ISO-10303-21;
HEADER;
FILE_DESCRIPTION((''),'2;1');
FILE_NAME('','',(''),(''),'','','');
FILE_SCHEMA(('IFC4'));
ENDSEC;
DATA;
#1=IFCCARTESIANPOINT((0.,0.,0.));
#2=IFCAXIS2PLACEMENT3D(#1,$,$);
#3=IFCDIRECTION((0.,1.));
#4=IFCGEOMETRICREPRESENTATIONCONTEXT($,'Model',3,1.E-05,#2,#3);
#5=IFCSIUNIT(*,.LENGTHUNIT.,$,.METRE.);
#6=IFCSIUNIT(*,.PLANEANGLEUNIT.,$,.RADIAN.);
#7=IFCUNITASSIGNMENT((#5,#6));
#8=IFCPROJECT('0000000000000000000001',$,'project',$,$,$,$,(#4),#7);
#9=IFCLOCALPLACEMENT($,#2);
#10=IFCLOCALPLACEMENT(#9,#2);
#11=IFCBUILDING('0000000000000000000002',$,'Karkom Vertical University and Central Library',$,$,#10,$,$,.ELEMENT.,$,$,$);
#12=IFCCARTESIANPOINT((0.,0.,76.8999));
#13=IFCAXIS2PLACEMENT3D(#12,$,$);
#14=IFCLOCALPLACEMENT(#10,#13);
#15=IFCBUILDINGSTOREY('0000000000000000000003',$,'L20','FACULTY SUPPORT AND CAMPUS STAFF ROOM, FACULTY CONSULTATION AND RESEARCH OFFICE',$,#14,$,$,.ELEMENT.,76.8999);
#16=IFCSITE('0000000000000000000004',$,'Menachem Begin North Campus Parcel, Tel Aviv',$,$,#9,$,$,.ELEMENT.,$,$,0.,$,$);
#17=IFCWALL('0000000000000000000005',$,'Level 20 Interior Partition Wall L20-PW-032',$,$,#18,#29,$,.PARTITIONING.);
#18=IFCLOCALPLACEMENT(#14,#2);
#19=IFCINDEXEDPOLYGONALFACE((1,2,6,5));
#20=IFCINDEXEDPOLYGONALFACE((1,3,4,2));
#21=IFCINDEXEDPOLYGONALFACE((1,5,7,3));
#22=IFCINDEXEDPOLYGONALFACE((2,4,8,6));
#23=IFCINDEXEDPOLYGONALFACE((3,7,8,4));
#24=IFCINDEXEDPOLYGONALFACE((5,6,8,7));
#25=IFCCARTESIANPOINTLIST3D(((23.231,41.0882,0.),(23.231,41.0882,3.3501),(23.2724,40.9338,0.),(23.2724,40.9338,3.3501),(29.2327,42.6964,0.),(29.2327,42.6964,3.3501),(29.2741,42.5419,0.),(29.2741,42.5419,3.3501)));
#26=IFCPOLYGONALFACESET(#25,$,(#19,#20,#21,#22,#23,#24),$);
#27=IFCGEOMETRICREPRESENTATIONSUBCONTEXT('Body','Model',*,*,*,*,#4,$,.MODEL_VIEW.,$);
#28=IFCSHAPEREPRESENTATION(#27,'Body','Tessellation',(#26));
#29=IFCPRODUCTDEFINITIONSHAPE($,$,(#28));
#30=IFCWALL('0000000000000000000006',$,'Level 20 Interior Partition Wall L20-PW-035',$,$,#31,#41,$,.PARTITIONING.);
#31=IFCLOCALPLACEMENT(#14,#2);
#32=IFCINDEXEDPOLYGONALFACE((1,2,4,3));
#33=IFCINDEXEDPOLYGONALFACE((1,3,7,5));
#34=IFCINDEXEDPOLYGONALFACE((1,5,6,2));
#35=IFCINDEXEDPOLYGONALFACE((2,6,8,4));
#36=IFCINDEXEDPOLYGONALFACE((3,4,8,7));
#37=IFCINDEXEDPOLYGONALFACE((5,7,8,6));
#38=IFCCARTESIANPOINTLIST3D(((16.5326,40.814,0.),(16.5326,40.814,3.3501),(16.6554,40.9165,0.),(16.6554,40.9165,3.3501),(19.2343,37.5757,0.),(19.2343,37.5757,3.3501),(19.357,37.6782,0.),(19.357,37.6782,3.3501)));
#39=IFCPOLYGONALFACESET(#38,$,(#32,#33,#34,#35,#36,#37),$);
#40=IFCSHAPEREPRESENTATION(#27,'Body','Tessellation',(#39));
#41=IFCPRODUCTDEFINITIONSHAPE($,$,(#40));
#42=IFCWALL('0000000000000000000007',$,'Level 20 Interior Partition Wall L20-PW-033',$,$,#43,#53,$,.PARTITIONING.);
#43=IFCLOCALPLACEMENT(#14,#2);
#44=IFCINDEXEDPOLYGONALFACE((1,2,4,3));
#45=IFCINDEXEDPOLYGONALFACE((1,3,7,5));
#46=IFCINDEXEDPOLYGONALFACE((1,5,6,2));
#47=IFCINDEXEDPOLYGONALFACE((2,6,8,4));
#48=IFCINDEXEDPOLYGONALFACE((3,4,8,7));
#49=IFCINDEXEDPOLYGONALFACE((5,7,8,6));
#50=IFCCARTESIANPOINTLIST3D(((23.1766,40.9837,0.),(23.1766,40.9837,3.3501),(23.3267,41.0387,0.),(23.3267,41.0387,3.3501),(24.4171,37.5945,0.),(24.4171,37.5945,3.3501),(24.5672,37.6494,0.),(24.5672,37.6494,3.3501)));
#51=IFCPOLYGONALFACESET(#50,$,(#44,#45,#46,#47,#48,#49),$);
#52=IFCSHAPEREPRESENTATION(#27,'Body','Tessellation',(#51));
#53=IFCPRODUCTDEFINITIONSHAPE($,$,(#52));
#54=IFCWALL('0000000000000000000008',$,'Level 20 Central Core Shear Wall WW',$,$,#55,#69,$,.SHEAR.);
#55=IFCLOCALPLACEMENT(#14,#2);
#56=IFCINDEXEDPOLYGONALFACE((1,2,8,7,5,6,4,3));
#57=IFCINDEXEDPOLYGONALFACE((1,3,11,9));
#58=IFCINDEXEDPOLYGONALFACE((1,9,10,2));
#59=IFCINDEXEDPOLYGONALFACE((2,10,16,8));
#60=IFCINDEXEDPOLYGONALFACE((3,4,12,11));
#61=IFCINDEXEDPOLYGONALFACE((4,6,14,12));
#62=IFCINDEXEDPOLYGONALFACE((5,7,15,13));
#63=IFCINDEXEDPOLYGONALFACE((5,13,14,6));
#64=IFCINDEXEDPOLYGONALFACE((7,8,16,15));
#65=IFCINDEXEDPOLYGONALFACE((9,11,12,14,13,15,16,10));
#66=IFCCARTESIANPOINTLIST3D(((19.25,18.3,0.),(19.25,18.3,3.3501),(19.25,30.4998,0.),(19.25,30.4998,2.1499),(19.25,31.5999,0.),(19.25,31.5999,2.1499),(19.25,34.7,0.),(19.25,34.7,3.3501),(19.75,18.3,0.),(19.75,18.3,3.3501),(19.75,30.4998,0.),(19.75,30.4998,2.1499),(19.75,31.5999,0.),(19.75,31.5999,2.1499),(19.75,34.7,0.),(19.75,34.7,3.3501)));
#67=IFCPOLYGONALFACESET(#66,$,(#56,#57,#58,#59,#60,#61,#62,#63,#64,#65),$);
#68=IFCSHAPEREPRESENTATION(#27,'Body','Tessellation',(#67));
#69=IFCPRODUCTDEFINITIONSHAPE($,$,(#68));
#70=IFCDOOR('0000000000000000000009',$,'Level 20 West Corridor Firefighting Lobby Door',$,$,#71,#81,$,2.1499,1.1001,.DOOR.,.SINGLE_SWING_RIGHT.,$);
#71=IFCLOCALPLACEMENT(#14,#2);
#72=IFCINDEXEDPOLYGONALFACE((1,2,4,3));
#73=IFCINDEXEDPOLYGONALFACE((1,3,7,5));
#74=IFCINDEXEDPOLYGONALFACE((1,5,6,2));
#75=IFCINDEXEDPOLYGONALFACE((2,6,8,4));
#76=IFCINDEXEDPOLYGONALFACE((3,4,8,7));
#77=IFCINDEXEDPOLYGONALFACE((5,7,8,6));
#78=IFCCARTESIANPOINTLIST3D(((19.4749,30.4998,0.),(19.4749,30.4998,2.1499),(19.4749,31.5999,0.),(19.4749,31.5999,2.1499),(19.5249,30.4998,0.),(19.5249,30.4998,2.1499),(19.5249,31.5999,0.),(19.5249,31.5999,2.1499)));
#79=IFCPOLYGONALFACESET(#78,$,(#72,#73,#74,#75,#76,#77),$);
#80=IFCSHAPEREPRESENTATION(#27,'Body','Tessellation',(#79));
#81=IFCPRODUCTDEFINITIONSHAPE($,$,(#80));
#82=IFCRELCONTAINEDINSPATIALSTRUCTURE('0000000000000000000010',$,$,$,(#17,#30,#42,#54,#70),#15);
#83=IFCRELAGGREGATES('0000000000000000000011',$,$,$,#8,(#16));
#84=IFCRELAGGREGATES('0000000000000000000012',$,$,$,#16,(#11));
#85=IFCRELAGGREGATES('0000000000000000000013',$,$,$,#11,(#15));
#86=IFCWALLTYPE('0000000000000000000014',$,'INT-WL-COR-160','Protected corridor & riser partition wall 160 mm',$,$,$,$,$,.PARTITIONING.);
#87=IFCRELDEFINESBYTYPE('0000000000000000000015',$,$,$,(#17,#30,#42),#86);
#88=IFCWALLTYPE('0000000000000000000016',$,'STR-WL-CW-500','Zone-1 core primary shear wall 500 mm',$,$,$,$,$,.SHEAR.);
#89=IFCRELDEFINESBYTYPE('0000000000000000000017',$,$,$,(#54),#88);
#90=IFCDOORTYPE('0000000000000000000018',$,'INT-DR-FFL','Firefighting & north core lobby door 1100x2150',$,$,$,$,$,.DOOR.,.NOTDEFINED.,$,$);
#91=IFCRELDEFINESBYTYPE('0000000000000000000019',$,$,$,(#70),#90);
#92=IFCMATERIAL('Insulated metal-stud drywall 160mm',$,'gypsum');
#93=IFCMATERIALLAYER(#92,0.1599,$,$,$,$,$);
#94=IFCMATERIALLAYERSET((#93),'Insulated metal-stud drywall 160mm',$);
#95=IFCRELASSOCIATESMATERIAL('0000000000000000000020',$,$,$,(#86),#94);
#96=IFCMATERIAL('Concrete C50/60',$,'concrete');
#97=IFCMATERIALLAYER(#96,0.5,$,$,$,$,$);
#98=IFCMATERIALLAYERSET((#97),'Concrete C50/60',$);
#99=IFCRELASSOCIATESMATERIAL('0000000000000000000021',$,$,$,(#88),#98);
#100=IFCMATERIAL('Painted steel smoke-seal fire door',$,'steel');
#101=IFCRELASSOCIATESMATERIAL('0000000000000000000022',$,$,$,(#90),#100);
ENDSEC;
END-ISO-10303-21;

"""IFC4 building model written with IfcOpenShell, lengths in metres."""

from ifc_helpers import new_model, si_unit, direction, frame, frame_2d, origin, origin_with_axes, place, context, subcontext, project, spatial, rectangle, extrude, source, transform, mapped, material, layer, layer_set, type_object, element, fill, save


model = new_model("IFC4")

# Units and contexts
model_context = context("Model", 3, precision=1e-05, world=origin(), true_north=direction((0.0, 1.0)))
body_context = subcontext(model_context, "Body", "Model", "MODEL_VIEW")
ifc_project = project(units=[si_unit("LENGTHUNIT", "METRE"), si_unit("PLANEANGLEUNIT", "RADIAN")], contexts=[model_context])

# Site, building, storey
site_placement = place(None, origin())
site = spatial("IfcSite", under=ifc_project, at=site_placement, Name="Menachem Begin North Campus Parcel, Tel Aviv", CompositionType="ELEMENT", RefElevation=0.0)
building_placement = place(site_placement, origin())
building = spatial("IfcBuilding", under=site, at=building_placement, Name="Karkom Vertical University and Central Library", CompositionType="ELEMENT")
storey_placement = place(building_placement, frame((0.0, 0.0, 76.8999)))
storey = spatial("IfcBuildingStorey", under=building, at=storey_placement, Name="L20", Description="FACULTY SUPPORT AND CAMPUS STAFF ROOM, FACULTY CONSULTATION AND RESEARCH OFFICE", CompositionType="ELEMENT", Elevation=76.8999)

# Shared definitions
ifc_material_1 = material(Name="Concrete C50/60", Category="concrete")

# Shared definitions
ifc_material_2 = material(Name="Insulated metal-stud drywall 160mm", Category="gypsum")
ifc_layer_1 = layer(ifc_material_2, 0.1599)
ifc_layer_set_1 = layer_set([ifc_layer_1], Name="Insulated metal-stud drywall 160mm")
wall_type_1 = type_object("IfcWallType", Name="INT-WL-COR-160", Description="Protected corridor & riser partition wall 160 mm", PredefinedType="PARTITIONING", material=ifc_layer_set_1)

# Walls
wall_1_placement = place(storey_placement, frame((23.2517, 41.011, 0.0), z_axis=(0.0, 0.0, 1.0), x_axis=(0.965926, 0.258819, 0.0)))
element("IfcWall", 1, at=wall_1_placement, inside=storey, type_object=wall_type_1, Name="Level 20 Interior Partition Wall L20-PW-032", PredefinedType="PARTITIONING", context=body_context, shape_type="SweptSolid", body=[
    extrude(rectangle(XDim=6.2134, YDim=0.1599, at=frame_2d((3.1067, 0.0))), origin(), (0.0, 0.0, 1.0), 3.3501),
])
wall_2_placement = place(storey_placement, frame((19.2957, 37.627, 0.0), z_axis=(0.0, 0.0, 1.0), x_axis=(-0.640617, 0.767861, 0.0)))
element("IfcWall", 2, at=wall_2_placement, inside=storey, type_object=wall_type_1, Name="Level 20 Interior Partition Wall L20-PW-035", PredefinedType="PARTITIONING", context=body_context, shape_type="SweptSolid", body=[
    extrude(rectangle(XDim=4.2173, YDim=0.1599, at=frame_2d((2.1086, 0.0))), origin(), (0.0, 0.0, 1.0), 3.3501),
])
wall_3_placement = place(storey_placement, frame((24.4922, 37.6218, 0.0), z_axis=(0.0, 0.0, 1.0), x_axis=(-0.343714, 0.939074, 0.0)))
element("IfcWall", 3, at=wall_3_placement, inside=storey, type_object=wall_type_1, Name="Level 20 Interior Partition Wall L20-PW-033", PredefinedType="PARTITIONING", context=body_context, shape_type="SweptSolid", body=[
    extrude(rectangle(XDim=3.6091, YDim=0.1599, at=frame_2d((1.8047, 0.0))), origin(), (0.0, 0.0, 1.0), 3.3501),
])

# Wall, opening, door
ifc_layer_2 = layer(ifc_material_1, 0.5)
ifc_layer_set_2 = layer_set([ifc_layer_2], Name="Concrete C50/60")
wall_type_2 = type_object("IfcWallType", Name="STR-WL-CW-500", Description="Zone-1 core primary shear wall 500 mm", PredefinedType="SHEAR", material=ifc_layer_set_2)
ifc_material_3 = material(Name="Painted steel smoke-seal fire door", Category="steel")
door_type_1 = type_object("IfcDoorType", Name="INT-DR-FFL", Description="Firefighting & north core lobby door 1100x2150", OperationType="NOTDEFINED", PredefinedType="DOOR", material=ifc_material_3)
shared_shape_1 = source(origin_with_axes(), body_context, "Body", "SweptSolid", [
    extrude(rectangle(XDim=1.1001, YDim=2.1499, at=frame_2d((0.55, 1.075))), frame((0.0, 0.0249, 0.0), z_axis=(0.0, -1.0, 0.0), x_axis=(1.0, 0.0, 0.0)), (0.0, 0.0, 1.0), 0.05),
])
wall_4_placement = place(storey_placement, frame((19.5, 34.7, 0.0), z_axis=(0.0, 0.0, 1.0), x_axis=(0.0, -1.0, 0.0)))
wall_4 = element("IfcWall", 4, at=wall_4_placement, inside=storey, type_object=wall_type_2, Name="Level 20 Central Core Shear Wall WW", PredefinedType="SHEAR", context=body_context, shape_type="SweptSolid", body=[
    extrude(rectangle(XDim=16.3999, YDim=0.5, at=frame_2d((8.2, 0.0))), origin(), (0.0, 0.0, 1.0), 3.3501),
])
opening_1_placement = place(wall_4_placement, frame((3.1001, 0.0, 0.0)))
opening_1 = element("IfcOpeningElement", 5, at=opening_1_placement, cuts=wall_4, PredefinedType="OPENING", context=body_context, shape_type="SweptSolid", body=[
    extrude(rectangle(XDim=1.1001, YDim=2.1499, at=frame_2d((0.55, 1.075))), frame((0.0, 0.26, 0.0), z_axis=(0.0, -1.0, 0.0), x_axis=(1.0, 0.0, 0.0)), (0.0, 0.0, 1.0), 0.52),
])
door_1_placement = place(opening_1_placement, origin())
door_1 = element("IfcDoor", 6, at=door_1_placement, inside=storey, type_object=door_type_1, Name="Level 20 West Corridor Firefighting Lobby Door", OperationType="SINGLE_SWING_RIGHT", OverallHeight=2.1499, OverallWidth=1.1001, PredefinedType="DOOR", context=body_context, shape_type="MappedRepresentation", body=[
    mapped(shared_shape_1, transform((0.0, 0.0, 0.0), scale=1.0)),
])
fill(opening_1, door_1)

save(model, "model.ifc")
